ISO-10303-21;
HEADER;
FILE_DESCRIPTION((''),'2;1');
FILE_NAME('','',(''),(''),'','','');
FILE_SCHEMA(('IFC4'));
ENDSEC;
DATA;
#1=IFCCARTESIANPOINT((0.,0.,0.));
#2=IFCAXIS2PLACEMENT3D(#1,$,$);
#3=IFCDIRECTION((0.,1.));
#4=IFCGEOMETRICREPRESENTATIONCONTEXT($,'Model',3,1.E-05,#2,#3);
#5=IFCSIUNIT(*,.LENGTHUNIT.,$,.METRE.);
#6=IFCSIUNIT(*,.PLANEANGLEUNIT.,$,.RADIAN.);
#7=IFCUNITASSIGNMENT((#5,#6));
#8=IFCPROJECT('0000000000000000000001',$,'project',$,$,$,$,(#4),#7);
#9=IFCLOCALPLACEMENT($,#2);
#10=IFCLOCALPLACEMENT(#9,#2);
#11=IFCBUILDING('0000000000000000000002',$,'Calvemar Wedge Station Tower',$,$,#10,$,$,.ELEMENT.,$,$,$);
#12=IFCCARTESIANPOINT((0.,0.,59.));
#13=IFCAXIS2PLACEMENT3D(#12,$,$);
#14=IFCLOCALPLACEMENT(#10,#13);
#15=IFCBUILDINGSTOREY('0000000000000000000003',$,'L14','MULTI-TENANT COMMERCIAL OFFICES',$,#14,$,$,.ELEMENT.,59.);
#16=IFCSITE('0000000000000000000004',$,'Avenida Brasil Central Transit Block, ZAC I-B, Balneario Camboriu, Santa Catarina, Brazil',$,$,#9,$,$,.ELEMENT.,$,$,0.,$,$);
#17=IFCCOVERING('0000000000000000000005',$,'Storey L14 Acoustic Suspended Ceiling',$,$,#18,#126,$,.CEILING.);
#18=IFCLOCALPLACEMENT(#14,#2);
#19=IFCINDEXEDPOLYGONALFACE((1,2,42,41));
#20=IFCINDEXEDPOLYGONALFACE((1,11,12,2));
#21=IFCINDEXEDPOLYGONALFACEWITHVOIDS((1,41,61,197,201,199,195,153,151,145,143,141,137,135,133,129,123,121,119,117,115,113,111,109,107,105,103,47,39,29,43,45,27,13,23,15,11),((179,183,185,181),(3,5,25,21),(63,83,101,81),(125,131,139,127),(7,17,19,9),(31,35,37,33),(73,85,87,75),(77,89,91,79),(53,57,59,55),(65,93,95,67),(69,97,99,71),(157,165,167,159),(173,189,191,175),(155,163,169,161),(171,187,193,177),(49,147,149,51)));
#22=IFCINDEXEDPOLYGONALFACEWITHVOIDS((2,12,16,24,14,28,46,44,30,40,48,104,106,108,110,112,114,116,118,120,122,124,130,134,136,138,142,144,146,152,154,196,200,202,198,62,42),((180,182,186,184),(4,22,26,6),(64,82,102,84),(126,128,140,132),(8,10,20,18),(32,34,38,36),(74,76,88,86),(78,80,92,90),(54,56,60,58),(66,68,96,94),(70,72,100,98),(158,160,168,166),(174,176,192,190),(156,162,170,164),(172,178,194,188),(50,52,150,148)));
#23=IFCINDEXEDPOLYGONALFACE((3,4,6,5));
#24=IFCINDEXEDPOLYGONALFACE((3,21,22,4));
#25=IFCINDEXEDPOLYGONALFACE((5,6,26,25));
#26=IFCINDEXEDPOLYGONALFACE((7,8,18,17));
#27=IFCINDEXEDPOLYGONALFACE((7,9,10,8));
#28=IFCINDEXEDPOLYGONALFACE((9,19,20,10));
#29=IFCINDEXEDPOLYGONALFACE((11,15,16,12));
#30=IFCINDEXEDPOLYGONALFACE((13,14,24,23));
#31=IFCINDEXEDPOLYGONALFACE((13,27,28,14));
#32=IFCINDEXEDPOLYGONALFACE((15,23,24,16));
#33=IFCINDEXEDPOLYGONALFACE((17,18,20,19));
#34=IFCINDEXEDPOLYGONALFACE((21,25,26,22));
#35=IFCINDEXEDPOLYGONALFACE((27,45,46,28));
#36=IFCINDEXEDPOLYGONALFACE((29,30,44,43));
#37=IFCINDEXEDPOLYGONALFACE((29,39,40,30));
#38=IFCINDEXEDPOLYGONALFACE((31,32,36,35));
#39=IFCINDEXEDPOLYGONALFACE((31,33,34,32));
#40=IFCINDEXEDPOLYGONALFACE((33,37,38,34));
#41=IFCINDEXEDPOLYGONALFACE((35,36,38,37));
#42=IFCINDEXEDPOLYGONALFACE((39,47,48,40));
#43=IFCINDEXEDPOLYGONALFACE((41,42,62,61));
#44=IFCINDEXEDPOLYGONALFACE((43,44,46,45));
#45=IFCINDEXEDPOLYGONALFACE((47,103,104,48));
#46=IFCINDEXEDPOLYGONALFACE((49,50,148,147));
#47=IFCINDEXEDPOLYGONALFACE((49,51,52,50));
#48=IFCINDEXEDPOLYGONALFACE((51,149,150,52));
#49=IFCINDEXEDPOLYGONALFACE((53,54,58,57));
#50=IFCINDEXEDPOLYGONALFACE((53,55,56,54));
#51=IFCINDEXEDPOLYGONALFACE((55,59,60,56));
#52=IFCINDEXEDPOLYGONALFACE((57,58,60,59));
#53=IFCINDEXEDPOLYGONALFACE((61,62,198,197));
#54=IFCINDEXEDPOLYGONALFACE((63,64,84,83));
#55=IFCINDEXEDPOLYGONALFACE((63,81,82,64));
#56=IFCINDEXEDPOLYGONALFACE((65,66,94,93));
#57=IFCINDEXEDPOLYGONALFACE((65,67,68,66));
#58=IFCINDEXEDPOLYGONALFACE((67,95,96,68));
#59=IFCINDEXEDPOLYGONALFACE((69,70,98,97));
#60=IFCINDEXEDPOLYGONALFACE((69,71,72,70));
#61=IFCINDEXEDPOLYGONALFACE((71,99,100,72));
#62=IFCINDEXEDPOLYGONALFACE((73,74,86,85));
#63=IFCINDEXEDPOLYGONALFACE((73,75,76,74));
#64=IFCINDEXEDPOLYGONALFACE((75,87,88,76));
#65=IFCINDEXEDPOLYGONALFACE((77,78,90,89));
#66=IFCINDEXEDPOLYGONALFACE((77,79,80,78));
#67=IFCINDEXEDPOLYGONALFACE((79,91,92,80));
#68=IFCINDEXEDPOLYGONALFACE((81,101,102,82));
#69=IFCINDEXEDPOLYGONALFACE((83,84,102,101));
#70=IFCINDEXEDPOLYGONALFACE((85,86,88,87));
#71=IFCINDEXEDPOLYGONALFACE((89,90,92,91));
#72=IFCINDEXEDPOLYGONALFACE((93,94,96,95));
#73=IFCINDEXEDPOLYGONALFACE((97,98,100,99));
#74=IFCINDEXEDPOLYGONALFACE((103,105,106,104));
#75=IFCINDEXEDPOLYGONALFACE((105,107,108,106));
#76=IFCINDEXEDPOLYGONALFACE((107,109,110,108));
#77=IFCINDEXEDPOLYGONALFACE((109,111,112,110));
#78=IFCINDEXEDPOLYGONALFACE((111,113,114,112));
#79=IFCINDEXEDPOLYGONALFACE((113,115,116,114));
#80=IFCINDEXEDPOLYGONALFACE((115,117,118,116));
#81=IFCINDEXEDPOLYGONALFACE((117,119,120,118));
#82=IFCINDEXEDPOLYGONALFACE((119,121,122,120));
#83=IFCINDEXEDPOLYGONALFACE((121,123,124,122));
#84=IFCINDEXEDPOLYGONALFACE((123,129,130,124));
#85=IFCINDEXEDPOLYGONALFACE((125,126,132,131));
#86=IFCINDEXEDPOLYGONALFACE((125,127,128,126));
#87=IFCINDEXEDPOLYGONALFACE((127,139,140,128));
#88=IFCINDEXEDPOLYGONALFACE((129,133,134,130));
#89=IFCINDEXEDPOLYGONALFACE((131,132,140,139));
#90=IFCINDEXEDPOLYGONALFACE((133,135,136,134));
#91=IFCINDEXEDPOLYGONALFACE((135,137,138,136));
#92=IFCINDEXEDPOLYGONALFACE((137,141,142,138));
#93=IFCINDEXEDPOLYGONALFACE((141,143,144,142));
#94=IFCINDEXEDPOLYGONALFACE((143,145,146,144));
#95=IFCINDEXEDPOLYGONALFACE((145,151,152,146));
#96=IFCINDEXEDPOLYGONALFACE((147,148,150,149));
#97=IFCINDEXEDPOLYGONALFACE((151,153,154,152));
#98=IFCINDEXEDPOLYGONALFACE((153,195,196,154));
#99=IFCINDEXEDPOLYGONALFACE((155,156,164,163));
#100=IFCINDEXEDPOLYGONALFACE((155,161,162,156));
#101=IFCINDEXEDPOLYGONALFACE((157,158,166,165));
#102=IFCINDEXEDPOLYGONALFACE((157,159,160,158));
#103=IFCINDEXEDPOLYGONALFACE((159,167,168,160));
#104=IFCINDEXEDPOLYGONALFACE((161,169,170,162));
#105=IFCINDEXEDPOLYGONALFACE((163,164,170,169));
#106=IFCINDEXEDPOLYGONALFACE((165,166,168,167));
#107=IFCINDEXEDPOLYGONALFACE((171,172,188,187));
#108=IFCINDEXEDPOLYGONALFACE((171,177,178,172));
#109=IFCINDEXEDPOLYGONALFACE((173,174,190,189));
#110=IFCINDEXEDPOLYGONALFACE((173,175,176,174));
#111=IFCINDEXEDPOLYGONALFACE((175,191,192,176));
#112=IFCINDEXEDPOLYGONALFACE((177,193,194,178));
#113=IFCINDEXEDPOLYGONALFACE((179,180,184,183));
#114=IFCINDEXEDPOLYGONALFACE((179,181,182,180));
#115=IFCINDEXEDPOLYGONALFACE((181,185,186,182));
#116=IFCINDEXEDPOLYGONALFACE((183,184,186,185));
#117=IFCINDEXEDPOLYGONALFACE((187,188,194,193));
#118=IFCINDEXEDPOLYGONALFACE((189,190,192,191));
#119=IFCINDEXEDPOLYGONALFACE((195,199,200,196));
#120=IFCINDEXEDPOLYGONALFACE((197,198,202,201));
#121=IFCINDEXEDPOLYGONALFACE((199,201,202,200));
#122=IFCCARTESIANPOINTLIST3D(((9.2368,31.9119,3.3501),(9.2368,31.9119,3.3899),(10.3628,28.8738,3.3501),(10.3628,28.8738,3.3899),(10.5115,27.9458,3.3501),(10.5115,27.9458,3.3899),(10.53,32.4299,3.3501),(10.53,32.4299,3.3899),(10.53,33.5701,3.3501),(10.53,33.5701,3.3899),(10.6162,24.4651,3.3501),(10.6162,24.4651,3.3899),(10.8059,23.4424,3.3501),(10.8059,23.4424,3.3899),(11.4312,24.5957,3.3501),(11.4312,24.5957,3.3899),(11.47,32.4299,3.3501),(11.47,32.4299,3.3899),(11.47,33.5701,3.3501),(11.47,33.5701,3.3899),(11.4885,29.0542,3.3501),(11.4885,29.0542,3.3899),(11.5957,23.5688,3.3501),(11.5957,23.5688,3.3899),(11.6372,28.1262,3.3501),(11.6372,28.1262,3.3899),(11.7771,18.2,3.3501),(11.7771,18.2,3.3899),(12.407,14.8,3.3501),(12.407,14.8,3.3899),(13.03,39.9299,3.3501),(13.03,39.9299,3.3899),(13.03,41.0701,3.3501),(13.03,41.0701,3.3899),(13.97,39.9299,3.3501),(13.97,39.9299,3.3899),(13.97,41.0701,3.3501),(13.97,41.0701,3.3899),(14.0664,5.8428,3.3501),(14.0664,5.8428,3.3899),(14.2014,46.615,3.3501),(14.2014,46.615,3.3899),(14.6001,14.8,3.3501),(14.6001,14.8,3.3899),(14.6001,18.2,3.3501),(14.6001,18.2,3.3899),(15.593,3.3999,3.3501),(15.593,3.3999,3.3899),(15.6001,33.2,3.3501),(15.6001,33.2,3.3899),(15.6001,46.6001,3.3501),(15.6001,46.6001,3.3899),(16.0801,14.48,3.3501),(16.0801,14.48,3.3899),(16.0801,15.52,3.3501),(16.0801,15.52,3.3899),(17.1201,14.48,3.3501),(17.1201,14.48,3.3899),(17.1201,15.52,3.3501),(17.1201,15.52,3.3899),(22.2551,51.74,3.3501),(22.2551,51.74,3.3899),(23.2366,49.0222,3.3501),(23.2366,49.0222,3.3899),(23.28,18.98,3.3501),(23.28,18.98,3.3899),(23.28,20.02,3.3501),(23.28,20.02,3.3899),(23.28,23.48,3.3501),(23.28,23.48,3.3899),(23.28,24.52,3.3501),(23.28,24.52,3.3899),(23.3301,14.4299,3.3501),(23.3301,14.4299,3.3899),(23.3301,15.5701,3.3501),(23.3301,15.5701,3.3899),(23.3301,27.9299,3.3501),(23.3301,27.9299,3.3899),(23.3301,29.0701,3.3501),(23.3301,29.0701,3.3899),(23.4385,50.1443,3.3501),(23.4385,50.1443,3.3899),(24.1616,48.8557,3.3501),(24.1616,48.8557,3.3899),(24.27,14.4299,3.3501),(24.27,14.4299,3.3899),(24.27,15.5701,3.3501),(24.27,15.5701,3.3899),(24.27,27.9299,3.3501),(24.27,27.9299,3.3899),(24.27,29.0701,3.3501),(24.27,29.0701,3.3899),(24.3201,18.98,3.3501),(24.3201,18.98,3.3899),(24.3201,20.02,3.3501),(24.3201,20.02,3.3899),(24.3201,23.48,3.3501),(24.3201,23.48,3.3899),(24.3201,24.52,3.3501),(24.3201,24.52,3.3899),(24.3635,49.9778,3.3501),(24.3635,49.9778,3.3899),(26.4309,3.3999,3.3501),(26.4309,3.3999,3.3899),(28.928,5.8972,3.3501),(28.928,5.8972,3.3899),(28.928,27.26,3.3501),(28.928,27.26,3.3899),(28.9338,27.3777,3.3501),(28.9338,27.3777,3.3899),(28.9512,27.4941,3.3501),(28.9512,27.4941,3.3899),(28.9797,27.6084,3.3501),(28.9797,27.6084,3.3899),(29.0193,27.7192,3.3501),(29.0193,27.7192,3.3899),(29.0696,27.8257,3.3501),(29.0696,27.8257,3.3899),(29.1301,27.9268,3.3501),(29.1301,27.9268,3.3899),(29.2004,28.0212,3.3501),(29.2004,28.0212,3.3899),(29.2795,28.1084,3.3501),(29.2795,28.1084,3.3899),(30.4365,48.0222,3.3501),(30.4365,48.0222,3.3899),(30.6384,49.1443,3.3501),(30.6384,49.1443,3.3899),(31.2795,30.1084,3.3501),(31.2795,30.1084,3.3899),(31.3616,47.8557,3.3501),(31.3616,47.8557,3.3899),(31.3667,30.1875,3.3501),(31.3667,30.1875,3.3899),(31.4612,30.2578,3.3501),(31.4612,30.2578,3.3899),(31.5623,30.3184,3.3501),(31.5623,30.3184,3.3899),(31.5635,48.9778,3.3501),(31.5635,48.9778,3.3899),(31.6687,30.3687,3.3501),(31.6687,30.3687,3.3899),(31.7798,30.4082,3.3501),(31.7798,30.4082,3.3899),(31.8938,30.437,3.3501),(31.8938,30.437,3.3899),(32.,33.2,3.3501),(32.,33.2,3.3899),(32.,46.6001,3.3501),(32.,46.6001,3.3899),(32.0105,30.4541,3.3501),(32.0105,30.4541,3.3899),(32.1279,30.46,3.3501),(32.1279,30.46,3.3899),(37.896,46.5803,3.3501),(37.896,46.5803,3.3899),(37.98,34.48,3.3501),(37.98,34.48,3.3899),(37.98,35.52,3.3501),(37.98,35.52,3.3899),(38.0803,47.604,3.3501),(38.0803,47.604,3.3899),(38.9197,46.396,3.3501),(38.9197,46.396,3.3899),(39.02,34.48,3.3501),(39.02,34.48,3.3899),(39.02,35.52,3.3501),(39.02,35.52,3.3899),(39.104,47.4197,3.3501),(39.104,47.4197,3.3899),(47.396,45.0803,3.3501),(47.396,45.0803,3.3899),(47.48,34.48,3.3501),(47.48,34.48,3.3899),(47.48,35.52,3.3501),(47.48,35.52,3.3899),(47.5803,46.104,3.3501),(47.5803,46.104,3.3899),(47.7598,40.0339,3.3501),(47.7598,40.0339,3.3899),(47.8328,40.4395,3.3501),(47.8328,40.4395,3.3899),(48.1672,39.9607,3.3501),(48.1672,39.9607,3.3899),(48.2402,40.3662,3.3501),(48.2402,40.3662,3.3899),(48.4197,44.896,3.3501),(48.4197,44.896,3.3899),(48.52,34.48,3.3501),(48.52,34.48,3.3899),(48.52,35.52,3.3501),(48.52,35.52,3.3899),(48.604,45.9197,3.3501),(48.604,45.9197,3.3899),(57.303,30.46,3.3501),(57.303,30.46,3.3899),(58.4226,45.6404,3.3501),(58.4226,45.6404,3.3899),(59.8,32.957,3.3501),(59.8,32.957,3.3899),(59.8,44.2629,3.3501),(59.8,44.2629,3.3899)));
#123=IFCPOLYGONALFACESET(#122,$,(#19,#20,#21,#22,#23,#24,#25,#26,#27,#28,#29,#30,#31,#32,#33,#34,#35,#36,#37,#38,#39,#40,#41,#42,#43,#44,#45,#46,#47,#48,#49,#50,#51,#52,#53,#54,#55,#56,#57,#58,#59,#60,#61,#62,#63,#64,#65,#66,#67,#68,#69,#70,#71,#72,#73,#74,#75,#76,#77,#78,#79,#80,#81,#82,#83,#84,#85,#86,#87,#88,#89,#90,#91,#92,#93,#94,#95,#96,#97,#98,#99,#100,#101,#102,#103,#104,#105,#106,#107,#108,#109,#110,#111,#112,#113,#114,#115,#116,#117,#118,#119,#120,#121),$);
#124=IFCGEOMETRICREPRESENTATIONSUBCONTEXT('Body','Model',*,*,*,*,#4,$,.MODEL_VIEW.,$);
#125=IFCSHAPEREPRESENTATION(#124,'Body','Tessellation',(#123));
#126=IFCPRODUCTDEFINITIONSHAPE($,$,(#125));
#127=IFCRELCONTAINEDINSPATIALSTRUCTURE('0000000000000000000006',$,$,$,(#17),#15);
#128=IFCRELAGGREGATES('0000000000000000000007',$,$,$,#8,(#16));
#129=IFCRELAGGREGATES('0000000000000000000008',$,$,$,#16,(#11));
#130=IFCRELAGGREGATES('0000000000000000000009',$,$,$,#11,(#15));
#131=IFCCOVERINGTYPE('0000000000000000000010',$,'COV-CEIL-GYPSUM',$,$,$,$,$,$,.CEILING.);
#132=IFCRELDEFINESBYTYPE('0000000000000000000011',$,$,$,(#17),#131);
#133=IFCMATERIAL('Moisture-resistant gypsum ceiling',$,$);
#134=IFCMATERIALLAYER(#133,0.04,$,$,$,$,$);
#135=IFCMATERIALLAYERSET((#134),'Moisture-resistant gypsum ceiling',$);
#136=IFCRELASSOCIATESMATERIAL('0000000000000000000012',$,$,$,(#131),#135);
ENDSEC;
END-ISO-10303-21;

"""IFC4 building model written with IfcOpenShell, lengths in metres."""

from ifc_helpers import new_model, si_unit, direction, frame, origin, place, context, subcontext, project, spatial, polyline, outline, extrude, material, layer, layer_set, type_object, element, save


model = new_model("IFC4")

# Units and contexts
model_context = context("Model", 3, precision=1e-05, world=origin(), true_north=direction((0.0, 1.0)))
body_context = subcontext(model_context, "Body", "Model", "MODEL_VIEW")
ifc_project = project(units=[si_unit("LENGTHUNIT", "METRE"), si_unit("PLANEANGLEUNIT", "RADIAN")], contexts=[model_context])

# Site, building, storey
site_placement = place(None, origin())
site = spatial("IfcSite", under=ifc_project, at=site_placement, Name="Avenida Brasil Central Transit Block, ZAC I-B, Balneario Camboriu, Santa Catarina, Brazil", CompositionType="ELEMENT", RefElevation=0.0)
building_placement = place(site_placement, origin())
building = spatial("IfcBuilding", under=site, at=building_placement, Name="Calvemar Wedge Station Tower", CompositionType="ELEMENT")
storey_placement = place(building_placement, frame((0.0, 0.0, 59.0)))
storey = spatial("IfcBuildingStorey", under=building, at=storey_placement, Name="L14", Description="MULTI-TENANT COMMERCIAL OFFICES", CompositionType="ELEMENT", Elevation=59.0)

# Covering
ifc_material_1 = material(Name="Moisture-resistant gypsum ceiling")
ifc_layer_1 = layer(ifc_material_1, 0.04)
ifc_layer_set_1 = layer_set([ifc_layer_1], Name="Moisture-resistant gypsum ceiling")
covering_type_1 = type_object("IfcCoveringType", Name="COV-CEIL-GYPSUM", PredefinedType="CEILING", material=ifc_layer_set_1)
covering_1_placement = place(storey_placement, frame((0.0, 0.0, 3.3501)))
element("IfcCovering", 1, at=covering_1_placement, inside=storey, type_object=covering_type_1, Name="Storey L14 Acoustic Suspended Ceiling", PredefinedType="CEILING", context=body_context, shape_type="SweptSolid", body=[
    extrude(outline(polyline([(29.2795, 28.1084), (31.2795, 30.1084), (31.3667, 30.1875), (31.4612, 30.2578), (31.5623, 30.3184), (31.6687, 30.3687), (31.7798, 30.4082), (31.8938, 30.437), (32.0105, 30.4541), (32.1279, 30.46), (57.303, 30.46), (59.8, 32.957), (59.8, 44.2629), (58.4226, 45.6404), (22.2551, 51.74), (14.2014, 46.615), (9.2368, 31.9119), (10.6162, 24.4651), (11.4312, 24.5957), (11.5957, 23.5688), (10.8059, 23.4424), (11.7771, 18.2), (14.6001, 18.2), (14.6001, 14.8), (12.407, 14.8), (14.0664, 5.8428), (15.593, 3.3999), (26.4309, 3.3999), (28.928, 5.8972), (28.928, 27.26), (28.9338, 27.3777), (28.9512, 27.4941), (28.9797, 27.6084), (29.0193, 27.7192), (29.0696, 27.8257), (29.1301, 27.9268), (29.2004, 28.0212), (29.2795, 28.1084)]), holes=[polyline([(15.6001, 46.6001), (32.0, 46.6001), (32.0, 33.2), (15.6001, 33.2), (15.6001, 46.6001)]), polyline([(10.53, 32.4299), (10.53, 33.5701), (11.47, 33.5701), (11.47, 32.4299), (10.53, 32.4299)]), polyline([(13.03, 41.0701), (13.97, 41.0701), (13.97, 39.9299), (13.03, 39.9299), (13.03, 41.0701)]), polyline([(24.3635, 49.9778), (24.1616, 48.8557), (23.2366, 49.0222), (23.4385, 50.1443), (24.3635, 49.9778)]), polyline([(31.3616, 47.8557), (30.4365, 48.0222), (30.6384, 49.1443), (31.5635, 48.9778), (31.3616, 47.8557)]), polyline([(37.896, 46.5803), (38.0803, 47.604), (39.104, 47.4197), (38.9197, 46.396), (37.896, 46.5803)]), polyline([(47.5803, 46.104), (48.604, 45.9197), (48.4197, 44.896), (47.396, 45.0803), (47.5803, 46.104)]), polyline([(39.02, 35.52), (39.02, 34.48), (37.98, 34.48), (37.98, 35.52), (39.02, 35.52)]), polyline([(48.52, 34.48), (47.48, 34.48), (47.48, 35.52), (48.52, 35.52), (48.52, 34.48)]), polyline([(47.7598, 40.0339), (47.8328, 40.4395), (48.2402, 40.3662), (48.1672, 39.9607), (47.7598, 40.0339)]), polyline([(11.4885, 29.0542), (11.6372, 28.1262), (10.5115, 27.9458), (10.3628, 28.8738), (11.4885, 29.0542)]), polyline([(24.27, 27.9299), (23.3301, 27.9299), (23.3301, 29.0701), (24.27, 29.0701), (24.27, 27.9299)]), polyline([(23.28, 23.48), (23.28, 24.52), (24.3201, 24.52), (24.3201, 23.48), (23.28, 23.48)]), polyline([(23.28, 20.02), (24.3201, 20.02), (24.3201, 18.98), (23.28, 18.98), (23.28, 20.02)]), polyline([(24.27, 15.5701), (24.27, 14.4299), (23.3301, 14.4299), (23.3301, 15.5701), (24.27, 15.5701)]), polyline([(17.1201, 14.48), (16.0801, 14.48), (16.0801, 15.52), (17.1201, 15.52), (17.1201, 14.48)])]), origin(), (0.0, 0.0, 1.0), 0.0398),
])

save(model, "model.ifc")
